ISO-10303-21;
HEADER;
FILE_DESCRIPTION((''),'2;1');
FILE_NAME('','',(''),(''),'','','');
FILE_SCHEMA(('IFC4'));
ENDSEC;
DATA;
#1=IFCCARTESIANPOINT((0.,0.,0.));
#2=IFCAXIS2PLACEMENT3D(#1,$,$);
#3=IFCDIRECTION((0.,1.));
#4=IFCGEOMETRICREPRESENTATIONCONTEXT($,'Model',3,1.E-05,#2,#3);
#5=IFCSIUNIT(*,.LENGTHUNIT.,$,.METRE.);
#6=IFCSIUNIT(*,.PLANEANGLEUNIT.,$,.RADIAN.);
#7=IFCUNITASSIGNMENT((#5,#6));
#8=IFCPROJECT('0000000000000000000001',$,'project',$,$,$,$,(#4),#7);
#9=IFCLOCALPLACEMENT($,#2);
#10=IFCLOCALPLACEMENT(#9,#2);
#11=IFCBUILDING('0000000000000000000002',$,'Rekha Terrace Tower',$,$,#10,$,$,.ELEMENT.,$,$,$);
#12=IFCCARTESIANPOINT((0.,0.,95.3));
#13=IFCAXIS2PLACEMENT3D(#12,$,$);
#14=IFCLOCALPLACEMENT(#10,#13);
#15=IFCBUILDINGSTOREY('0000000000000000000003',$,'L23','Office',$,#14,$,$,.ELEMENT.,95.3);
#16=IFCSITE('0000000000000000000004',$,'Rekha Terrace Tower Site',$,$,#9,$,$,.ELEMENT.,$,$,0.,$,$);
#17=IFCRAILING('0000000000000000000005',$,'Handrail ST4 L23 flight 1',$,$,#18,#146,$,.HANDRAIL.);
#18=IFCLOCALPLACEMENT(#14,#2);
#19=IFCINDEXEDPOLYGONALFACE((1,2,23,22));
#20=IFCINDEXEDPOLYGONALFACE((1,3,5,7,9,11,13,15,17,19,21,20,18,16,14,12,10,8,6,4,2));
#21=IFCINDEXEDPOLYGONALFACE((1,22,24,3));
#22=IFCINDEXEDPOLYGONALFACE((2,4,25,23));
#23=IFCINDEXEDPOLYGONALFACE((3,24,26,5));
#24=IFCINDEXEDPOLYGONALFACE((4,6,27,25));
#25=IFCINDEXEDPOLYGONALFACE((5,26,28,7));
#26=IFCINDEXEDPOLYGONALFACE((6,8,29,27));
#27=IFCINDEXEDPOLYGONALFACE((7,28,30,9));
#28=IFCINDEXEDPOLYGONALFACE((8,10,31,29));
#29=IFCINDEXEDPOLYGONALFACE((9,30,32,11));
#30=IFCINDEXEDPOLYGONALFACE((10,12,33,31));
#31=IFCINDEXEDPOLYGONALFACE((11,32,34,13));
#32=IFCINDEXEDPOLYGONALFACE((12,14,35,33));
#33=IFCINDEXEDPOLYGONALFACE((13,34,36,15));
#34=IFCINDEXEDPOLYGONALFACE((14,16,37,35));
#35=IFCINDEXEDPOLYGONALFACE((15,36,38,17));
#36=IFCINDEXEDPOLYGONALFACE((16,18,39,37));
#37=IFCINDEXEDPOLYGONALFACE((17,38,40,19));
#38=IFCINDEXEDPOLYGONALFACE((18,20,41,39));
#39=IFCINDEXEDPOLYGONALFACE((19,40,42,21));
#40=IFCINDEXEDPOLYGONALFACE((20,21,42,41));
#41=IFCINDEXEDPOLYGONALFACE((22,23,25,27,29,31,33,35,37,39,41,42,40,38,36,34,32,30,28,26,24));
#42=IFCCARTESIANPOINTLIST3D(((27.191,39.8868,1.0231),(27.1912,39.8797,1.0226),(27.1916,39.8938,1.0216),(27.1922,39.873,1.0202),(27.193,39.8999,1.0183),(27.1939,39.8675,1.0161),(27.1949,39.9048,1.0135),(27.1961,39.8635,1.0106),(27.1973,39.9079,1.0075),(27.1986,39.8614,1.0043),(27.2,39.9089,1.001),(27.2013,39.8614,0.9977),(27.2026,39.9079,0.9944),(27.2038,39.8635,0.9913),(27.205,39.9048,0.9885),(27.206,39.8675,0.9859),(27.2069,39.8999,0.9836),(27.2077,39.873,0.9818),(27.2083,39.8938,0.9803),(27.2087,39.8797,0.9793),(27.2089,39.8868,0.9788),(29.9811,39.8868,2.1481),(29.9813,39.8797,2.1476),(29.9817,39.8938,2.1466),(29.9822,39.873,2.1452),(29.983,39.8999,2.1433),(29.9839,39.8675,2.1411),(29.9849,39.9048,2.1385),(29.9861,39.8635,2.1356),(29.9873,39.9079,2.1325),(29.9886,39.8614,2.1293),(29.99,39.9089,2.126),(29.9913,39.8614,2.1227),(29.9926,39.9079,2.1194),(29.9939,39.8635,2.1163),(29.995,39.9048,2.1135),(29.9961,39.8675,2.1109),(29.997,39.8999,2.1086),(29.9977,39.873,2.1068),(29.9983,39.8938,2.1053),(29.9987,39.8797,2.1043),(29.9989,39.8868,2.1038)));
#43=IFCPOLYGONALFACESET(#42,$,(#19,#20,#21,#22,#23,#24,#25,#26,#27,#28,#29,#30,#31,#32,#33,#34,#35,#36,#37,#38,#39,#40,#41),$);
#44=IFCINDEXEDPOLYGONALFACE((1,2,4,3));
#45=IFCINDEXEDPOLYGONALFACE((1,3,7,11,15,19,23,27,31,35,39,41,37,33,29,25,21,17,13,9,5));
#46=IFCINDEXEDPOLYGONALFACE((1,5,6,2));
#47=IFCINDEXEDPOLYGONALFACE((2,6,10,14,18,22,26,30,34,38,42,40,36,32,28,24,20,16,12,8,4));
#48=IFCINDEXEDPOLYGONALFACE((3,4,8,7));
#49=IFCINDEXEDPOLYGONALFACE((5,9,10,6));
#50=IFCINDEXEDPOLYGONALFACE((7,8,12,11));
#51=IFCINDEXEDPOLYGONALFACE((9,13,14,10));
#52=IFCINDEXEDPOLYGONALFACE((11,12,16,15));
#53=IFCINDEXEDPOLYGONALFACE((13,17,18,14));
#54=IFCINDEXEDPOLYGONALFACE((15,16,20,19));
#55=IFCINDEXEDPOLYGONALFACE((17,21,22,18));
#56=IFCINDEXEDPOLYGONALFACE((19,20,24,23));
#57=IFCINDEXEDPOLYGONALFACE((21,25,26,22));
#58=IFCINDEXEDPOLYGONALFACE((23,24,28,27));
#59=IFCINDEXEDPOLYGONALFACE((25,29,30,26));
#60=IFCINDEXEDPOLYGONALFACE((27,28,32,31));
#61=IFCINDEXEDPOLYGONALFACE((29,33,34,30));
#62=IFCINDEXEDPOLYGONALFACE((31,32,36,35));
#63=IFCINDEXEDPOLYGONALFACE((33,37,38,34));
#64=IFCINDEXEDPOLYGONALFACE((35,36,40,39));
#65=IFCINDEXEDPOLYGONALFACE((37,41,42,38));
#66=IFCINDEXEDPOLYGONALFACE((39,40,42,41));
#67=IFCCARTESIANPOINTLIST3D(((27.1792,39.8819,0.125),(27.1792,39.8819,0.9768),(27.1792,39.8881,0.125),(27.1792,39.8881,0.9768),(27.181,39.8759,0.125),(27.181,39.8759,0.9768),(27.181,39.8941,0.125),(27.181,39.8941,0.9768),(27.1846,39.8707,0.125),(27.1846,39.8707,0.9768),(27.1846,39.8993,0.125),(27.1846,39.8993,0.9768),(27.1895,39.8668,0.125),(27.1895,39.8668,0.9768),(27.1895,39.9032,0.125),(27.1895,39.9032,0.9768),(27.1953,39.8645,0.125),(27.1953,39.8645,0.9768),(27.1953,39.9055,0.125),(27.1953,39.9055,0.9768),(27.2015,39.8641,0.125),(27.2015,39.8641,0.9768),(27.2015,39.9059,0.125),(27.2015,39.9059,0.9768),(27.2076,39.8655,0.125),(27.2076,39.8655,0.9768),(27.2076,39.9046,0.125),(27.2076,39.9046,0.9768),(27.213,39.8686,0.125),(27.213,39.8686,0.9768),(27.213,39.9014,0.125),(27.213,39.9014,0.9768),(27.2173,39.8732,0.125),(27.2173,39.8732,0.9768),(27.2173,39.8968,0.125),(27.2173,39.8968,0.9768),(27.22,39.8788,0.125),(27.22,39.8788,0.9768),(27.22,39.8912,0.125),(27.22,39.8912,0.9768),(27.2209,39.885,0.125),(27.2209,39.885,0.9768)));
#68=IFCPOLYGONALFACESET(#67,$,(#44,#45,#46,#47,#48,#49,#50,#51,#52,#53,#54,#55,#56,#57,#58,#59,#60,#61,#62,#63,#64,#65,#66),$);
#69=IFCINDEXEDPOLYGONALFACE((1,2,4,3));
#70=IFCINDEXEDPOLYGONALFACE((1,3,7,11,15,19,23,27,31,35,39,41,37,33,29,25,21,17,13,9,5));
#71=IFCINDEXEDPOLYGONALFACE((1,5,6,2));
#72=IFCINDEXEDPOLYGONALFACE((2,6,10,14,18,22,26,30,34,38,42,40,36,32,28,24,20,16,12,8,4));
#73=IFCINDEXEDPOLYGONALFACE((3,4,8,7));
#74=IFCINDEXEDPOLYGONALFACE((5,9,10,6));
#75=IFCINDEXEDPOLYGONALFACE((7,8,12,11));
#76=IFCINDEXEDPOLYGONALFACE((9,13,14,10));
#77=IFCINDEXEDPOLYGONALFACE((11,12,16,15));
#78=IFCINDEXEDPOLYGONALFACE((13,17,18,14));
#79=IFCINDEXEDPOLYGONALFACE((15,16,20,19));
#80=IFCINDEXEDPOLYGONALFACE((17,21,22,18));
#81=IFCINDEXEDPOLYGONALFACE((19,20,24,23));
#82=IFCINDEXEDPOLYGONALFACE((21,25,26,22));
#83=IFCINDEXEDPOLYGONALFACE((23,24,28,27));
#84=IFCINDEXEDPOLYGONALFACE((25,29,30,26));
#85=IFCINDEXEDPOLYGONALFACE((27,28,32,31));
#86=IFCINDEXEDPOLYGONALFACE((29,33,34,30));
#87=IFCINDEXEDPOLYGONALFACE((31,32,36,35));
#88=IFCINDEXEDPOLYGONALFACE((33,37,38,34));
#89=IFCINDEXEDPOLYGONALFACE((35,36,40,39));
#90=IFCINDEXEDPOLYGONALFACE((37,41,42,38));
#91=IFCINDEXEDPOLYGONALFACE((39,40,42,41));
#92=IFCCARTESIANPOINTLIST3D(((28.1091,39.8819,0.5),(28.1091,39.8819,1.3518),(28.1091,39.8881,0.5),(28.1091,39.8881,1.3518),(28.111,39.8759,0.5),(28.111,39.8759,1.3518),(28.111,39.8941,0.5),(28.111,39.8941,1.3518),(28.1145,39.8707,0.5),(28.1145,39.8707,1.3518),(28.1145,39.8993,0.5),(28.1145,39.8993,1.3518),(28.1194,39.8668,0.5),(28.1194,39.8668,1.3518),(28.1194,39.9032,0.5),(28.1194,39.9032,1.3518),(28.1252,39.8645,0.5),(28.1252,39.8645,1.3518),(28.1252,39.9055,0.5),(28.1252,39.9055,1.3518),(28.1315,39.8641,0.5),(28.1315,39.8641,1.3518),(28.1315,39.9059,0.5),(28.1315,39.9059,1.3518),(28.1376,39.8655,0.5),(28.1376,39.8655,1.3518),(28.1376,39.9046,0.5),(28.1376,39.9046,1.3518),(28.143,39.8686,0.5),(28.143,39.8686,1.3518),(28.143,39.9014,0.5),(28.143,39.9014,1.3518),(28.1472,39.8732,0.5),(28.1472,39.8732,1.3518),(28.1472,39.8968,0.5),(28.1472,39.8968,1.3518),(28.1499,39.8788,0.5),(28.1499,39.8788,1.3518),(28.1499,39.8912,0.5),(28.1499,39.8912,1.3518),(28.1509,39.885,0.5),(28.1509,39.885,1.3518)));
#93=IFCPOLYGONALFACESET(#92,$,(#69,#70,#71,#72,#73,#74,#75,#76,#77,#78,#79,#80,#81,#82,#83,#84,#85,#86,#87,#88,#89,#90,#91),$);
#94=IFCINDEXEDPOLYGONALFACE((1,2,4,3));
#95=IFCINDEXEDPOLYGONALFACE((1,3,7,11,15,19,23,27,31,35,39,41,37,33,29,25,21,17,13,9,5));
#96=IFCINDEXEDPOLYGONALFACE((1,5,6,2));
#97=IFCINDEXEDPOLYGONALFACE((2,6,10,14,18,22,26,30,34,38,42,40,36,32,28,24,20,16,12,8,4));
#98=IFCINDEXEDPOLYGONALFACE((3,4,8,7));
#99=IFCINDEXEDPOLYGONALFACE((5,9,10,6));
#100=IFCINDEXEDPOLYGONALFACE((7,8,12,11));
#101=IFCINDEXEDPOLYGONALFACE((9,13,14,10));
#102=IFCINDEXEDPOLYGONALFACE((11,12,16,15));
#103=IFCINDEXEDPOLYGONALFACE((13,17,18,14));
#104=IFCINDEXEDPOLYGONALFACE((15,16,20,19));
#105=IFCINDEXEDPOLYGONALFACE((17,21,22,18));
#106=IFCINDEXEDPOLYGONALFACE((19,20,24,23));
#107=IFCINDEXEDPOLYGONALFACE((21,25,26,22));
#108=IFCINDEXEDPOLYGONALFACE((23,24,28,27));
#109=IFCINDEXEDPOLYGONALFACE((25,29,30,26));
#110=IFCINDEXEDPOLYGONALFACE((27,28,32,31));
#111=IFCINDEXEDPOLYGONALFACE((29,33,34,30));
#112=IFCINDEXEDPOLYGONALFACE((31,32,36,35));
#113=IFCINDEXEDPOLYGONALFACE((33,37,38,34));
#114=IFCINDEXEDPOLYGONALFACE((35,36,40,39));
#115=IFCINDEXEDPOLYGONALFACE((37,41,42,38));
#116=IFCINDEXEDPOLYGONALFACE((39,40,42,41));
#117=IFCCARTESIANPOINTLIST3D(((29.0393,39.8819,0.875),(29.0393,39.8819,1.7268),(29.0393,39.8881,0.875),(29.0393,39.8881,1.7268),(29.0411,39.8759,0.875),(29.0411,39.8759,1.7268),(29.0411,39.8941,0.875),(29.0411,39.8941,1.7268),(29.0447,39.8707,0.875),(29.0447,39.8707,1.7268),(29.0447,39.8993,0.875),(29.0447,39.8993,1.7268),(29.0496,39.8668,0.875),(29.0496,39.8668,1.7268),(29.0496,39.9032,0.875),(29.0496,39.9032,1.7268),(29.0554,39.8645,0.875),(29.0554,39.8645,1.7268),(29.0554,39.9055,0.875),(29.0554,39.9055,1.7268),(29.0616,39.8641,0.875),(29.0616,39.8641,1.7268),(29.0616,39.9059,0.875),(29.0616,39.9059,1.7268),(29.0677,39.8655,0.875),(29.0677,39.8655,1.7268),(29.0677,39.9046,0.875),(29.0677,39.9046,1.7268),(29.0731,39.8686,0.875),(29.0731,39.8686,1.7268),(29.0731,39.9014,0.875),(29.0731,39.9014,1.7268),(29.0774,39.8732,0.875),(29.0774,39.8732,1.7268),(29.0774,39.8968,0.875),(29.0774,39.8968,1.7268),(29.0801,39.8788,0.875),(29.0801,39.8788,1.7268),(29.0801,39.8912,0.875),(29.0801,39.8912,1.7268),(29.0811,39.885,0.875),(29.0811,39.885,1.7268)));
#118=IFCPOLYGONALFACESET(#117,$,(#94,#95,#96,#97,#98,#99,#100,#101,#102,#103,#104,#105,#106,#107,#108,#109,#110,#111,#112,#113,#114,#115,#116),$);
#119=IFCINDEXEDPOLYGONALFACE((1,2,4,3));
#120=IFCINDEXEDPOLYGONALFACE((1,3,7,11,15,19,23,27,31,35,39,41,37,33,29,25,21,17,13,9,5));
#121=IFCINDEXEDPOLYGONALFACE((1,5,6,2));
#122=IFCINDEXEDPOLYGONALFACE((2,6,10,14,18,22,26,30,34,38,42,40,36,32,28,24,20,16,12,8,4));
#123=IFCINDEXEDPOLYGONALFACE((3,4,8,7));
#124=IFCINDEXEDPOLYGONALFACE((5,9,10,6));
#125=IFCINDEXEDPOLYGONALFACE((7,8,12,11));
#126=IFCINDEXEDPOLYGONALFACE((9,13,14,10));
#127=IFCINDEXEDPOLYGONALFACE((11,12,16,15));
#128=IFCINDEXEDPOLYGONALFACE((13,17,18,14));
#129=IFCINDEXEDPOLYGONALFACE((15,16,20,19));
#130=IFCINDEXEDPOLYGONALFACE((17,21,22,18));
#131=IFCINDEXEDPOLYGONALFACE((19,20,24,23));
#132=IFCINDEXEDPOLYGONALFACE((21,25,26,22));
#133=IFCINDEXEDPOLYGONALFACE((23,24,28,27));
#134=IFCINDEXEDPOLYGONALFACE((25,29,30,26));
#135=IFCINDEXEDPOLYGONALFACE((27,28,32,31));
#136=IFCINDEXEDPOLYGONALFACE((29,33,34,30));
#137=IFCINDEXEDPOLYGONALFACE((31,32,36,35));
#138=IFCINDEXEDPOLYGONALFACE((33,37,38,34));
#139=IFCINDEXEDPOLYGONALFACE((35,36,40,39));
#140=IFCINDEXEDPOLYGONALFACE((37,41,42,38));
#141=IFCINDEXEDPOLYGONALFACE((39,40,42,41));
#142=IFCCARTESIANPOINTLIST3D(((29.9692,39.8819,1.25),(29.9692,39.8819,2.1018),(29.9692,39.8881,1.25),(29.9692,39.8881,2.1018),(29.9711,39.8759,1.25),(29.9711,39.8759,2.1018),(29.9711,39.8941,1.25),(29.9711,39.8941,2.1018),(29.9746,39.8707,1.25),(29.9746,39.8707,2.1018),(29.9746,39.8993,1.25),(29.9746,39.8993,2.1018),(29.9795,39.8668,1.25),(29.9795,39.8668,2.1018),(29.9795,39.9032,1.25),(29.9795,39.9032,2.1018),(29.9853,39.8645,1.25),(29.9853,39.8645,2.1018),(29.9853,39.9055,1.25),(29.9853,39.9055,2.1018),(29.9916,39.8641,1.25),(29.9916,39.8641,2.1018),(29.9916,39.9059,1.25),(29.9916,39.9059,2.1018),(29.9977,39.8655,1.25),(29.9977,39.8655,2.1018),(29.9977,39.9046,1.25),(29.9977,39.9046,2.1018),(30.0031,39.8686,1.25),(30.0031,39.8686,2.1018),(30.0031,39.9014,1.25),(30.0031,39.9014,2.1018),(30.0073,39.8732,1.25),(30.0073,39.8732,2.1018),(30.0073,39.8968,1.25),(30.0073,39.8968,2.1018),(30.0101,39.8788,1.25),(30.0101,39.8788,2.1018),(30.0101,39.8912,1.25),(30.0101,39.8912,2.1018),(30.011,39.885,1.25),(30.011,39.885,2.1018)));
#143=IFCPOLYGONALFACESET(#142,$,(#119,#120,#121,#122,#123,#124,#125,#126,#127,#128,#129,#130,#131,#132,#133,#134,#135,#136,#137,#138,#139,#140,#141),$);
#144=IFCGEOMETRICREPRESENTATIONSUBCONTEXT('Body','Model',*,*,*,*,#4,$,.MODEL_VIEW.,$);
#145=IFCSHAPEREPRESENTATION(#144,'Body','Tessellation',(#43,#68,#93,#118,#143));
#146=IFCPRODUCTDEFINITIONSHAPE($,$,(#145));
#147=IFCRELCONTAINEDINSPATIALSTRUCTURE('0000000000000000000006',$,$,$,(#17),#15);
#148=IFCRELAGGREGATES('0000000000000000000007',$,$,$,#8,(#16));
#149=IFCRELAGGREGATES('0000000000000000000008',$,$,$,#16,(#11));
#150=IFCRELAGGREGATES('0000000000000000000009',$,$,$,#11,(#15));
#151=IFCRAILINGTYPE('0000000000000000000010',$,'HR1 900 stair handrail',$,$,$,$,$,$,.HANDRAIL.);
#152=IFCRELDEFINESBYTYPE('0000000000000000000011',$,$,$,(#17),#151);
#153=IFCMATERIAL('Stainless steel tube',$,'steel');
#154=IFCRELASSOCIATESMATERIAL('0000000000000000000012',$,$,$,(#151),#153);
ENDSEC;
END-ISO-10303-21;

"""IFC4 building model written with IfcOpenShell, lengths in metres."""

from ifc_helpers import new_model, si_unit, direction, frame, origin, origin_2d, place, context, subcontext, project, spatial, circle, extrude, material, type_object, element, save


model = new_model("IFC4")

# Units and contexts
model_context = context("Model", 3, precision=1e-05, world=origin(), true_north=direction((0.0, 1.0)))
body_context = subcontext(model_context, "Body", "Model", "MODEL_VIEW")
ifc_project = project(units=[si_unit("LENGTHUNIT", "METRE"), si_unit("PLANEANGLEUNIT", "RADIAN")], contexts=[model_context])

# Site, building, storey
site_placement = place(None, origin())
site = spatial("IfcSite", under=ifc_project, at=site_placement, Name="Rekha Terrace Tower Site", CompositionType="ELEMENT", RefElevation=0.0)
building_placement = place(site_placement, origin())
building = spatial("IfcBuilding", under=site, at=building_placement, Name="Rekha Terrace Tower", CompositionType="ELEMENT")
storey_placement = place(building_placement, frame((0.0, 0.0, 95.3)))
storey = spatial("IfcBuildingStorey", under=building, at=storey_placement, Name="L23", Description="Office", CompositionType="ELEMENT", Elevation=95.3)

# Railing
ifc_material_1 = material(Name="Stainless steel tube", Category="steel")
railing_type_1 = type_object("IfcRailingType", Name="HR1 900 stair handrail", PredefinedType="HANDRAIL", material=ifc_material_1)
railing_1_placement = place(storey_placement, frame((27.2, 39.885, 0.125)))
element("IfcRailing", 1, at=railing_1_placement, inside=storey, type_object=railing_type_1, Name="Handrail ST4 L23 flight 1", PredefinedType="HANDRAIL", context=body_context, shape_type="SweptSolid", body=[
    extrude(circle(Radius=0.0239, at=origin_2d()), frame((0.0, 0.0, 0.876), z_axis=(0.927443, 0.0, 0.373964), x_axis=(0.0, 1.0, 0.0)), (0.0, 0.0, 1.0), 3.0083),
    extrude(circle(Radius=0.021, at=origin_2d()), origin(), (0.0, 0.0, 1.0), 0.8518),
    extrude(circle(Radius=0.021, at=origin_2d()), frame((0.9299, 0.0, 0.375)), (0.0, 0.0, 1.0), 0.8518),
    extrude(circle(Radius=0.021, at=origin_2d()), frame((1.8601, 0.0, 0.75)), (0.0, 0.0, 1.0), 0.8518),
    extrude(circle(Radius=0.021, at=origin_2d()), frame((2.79, 0.0, 1.125)), (0.0, 0.0, 1.0), 0.8518),
])

save(model, "model.ifc")
